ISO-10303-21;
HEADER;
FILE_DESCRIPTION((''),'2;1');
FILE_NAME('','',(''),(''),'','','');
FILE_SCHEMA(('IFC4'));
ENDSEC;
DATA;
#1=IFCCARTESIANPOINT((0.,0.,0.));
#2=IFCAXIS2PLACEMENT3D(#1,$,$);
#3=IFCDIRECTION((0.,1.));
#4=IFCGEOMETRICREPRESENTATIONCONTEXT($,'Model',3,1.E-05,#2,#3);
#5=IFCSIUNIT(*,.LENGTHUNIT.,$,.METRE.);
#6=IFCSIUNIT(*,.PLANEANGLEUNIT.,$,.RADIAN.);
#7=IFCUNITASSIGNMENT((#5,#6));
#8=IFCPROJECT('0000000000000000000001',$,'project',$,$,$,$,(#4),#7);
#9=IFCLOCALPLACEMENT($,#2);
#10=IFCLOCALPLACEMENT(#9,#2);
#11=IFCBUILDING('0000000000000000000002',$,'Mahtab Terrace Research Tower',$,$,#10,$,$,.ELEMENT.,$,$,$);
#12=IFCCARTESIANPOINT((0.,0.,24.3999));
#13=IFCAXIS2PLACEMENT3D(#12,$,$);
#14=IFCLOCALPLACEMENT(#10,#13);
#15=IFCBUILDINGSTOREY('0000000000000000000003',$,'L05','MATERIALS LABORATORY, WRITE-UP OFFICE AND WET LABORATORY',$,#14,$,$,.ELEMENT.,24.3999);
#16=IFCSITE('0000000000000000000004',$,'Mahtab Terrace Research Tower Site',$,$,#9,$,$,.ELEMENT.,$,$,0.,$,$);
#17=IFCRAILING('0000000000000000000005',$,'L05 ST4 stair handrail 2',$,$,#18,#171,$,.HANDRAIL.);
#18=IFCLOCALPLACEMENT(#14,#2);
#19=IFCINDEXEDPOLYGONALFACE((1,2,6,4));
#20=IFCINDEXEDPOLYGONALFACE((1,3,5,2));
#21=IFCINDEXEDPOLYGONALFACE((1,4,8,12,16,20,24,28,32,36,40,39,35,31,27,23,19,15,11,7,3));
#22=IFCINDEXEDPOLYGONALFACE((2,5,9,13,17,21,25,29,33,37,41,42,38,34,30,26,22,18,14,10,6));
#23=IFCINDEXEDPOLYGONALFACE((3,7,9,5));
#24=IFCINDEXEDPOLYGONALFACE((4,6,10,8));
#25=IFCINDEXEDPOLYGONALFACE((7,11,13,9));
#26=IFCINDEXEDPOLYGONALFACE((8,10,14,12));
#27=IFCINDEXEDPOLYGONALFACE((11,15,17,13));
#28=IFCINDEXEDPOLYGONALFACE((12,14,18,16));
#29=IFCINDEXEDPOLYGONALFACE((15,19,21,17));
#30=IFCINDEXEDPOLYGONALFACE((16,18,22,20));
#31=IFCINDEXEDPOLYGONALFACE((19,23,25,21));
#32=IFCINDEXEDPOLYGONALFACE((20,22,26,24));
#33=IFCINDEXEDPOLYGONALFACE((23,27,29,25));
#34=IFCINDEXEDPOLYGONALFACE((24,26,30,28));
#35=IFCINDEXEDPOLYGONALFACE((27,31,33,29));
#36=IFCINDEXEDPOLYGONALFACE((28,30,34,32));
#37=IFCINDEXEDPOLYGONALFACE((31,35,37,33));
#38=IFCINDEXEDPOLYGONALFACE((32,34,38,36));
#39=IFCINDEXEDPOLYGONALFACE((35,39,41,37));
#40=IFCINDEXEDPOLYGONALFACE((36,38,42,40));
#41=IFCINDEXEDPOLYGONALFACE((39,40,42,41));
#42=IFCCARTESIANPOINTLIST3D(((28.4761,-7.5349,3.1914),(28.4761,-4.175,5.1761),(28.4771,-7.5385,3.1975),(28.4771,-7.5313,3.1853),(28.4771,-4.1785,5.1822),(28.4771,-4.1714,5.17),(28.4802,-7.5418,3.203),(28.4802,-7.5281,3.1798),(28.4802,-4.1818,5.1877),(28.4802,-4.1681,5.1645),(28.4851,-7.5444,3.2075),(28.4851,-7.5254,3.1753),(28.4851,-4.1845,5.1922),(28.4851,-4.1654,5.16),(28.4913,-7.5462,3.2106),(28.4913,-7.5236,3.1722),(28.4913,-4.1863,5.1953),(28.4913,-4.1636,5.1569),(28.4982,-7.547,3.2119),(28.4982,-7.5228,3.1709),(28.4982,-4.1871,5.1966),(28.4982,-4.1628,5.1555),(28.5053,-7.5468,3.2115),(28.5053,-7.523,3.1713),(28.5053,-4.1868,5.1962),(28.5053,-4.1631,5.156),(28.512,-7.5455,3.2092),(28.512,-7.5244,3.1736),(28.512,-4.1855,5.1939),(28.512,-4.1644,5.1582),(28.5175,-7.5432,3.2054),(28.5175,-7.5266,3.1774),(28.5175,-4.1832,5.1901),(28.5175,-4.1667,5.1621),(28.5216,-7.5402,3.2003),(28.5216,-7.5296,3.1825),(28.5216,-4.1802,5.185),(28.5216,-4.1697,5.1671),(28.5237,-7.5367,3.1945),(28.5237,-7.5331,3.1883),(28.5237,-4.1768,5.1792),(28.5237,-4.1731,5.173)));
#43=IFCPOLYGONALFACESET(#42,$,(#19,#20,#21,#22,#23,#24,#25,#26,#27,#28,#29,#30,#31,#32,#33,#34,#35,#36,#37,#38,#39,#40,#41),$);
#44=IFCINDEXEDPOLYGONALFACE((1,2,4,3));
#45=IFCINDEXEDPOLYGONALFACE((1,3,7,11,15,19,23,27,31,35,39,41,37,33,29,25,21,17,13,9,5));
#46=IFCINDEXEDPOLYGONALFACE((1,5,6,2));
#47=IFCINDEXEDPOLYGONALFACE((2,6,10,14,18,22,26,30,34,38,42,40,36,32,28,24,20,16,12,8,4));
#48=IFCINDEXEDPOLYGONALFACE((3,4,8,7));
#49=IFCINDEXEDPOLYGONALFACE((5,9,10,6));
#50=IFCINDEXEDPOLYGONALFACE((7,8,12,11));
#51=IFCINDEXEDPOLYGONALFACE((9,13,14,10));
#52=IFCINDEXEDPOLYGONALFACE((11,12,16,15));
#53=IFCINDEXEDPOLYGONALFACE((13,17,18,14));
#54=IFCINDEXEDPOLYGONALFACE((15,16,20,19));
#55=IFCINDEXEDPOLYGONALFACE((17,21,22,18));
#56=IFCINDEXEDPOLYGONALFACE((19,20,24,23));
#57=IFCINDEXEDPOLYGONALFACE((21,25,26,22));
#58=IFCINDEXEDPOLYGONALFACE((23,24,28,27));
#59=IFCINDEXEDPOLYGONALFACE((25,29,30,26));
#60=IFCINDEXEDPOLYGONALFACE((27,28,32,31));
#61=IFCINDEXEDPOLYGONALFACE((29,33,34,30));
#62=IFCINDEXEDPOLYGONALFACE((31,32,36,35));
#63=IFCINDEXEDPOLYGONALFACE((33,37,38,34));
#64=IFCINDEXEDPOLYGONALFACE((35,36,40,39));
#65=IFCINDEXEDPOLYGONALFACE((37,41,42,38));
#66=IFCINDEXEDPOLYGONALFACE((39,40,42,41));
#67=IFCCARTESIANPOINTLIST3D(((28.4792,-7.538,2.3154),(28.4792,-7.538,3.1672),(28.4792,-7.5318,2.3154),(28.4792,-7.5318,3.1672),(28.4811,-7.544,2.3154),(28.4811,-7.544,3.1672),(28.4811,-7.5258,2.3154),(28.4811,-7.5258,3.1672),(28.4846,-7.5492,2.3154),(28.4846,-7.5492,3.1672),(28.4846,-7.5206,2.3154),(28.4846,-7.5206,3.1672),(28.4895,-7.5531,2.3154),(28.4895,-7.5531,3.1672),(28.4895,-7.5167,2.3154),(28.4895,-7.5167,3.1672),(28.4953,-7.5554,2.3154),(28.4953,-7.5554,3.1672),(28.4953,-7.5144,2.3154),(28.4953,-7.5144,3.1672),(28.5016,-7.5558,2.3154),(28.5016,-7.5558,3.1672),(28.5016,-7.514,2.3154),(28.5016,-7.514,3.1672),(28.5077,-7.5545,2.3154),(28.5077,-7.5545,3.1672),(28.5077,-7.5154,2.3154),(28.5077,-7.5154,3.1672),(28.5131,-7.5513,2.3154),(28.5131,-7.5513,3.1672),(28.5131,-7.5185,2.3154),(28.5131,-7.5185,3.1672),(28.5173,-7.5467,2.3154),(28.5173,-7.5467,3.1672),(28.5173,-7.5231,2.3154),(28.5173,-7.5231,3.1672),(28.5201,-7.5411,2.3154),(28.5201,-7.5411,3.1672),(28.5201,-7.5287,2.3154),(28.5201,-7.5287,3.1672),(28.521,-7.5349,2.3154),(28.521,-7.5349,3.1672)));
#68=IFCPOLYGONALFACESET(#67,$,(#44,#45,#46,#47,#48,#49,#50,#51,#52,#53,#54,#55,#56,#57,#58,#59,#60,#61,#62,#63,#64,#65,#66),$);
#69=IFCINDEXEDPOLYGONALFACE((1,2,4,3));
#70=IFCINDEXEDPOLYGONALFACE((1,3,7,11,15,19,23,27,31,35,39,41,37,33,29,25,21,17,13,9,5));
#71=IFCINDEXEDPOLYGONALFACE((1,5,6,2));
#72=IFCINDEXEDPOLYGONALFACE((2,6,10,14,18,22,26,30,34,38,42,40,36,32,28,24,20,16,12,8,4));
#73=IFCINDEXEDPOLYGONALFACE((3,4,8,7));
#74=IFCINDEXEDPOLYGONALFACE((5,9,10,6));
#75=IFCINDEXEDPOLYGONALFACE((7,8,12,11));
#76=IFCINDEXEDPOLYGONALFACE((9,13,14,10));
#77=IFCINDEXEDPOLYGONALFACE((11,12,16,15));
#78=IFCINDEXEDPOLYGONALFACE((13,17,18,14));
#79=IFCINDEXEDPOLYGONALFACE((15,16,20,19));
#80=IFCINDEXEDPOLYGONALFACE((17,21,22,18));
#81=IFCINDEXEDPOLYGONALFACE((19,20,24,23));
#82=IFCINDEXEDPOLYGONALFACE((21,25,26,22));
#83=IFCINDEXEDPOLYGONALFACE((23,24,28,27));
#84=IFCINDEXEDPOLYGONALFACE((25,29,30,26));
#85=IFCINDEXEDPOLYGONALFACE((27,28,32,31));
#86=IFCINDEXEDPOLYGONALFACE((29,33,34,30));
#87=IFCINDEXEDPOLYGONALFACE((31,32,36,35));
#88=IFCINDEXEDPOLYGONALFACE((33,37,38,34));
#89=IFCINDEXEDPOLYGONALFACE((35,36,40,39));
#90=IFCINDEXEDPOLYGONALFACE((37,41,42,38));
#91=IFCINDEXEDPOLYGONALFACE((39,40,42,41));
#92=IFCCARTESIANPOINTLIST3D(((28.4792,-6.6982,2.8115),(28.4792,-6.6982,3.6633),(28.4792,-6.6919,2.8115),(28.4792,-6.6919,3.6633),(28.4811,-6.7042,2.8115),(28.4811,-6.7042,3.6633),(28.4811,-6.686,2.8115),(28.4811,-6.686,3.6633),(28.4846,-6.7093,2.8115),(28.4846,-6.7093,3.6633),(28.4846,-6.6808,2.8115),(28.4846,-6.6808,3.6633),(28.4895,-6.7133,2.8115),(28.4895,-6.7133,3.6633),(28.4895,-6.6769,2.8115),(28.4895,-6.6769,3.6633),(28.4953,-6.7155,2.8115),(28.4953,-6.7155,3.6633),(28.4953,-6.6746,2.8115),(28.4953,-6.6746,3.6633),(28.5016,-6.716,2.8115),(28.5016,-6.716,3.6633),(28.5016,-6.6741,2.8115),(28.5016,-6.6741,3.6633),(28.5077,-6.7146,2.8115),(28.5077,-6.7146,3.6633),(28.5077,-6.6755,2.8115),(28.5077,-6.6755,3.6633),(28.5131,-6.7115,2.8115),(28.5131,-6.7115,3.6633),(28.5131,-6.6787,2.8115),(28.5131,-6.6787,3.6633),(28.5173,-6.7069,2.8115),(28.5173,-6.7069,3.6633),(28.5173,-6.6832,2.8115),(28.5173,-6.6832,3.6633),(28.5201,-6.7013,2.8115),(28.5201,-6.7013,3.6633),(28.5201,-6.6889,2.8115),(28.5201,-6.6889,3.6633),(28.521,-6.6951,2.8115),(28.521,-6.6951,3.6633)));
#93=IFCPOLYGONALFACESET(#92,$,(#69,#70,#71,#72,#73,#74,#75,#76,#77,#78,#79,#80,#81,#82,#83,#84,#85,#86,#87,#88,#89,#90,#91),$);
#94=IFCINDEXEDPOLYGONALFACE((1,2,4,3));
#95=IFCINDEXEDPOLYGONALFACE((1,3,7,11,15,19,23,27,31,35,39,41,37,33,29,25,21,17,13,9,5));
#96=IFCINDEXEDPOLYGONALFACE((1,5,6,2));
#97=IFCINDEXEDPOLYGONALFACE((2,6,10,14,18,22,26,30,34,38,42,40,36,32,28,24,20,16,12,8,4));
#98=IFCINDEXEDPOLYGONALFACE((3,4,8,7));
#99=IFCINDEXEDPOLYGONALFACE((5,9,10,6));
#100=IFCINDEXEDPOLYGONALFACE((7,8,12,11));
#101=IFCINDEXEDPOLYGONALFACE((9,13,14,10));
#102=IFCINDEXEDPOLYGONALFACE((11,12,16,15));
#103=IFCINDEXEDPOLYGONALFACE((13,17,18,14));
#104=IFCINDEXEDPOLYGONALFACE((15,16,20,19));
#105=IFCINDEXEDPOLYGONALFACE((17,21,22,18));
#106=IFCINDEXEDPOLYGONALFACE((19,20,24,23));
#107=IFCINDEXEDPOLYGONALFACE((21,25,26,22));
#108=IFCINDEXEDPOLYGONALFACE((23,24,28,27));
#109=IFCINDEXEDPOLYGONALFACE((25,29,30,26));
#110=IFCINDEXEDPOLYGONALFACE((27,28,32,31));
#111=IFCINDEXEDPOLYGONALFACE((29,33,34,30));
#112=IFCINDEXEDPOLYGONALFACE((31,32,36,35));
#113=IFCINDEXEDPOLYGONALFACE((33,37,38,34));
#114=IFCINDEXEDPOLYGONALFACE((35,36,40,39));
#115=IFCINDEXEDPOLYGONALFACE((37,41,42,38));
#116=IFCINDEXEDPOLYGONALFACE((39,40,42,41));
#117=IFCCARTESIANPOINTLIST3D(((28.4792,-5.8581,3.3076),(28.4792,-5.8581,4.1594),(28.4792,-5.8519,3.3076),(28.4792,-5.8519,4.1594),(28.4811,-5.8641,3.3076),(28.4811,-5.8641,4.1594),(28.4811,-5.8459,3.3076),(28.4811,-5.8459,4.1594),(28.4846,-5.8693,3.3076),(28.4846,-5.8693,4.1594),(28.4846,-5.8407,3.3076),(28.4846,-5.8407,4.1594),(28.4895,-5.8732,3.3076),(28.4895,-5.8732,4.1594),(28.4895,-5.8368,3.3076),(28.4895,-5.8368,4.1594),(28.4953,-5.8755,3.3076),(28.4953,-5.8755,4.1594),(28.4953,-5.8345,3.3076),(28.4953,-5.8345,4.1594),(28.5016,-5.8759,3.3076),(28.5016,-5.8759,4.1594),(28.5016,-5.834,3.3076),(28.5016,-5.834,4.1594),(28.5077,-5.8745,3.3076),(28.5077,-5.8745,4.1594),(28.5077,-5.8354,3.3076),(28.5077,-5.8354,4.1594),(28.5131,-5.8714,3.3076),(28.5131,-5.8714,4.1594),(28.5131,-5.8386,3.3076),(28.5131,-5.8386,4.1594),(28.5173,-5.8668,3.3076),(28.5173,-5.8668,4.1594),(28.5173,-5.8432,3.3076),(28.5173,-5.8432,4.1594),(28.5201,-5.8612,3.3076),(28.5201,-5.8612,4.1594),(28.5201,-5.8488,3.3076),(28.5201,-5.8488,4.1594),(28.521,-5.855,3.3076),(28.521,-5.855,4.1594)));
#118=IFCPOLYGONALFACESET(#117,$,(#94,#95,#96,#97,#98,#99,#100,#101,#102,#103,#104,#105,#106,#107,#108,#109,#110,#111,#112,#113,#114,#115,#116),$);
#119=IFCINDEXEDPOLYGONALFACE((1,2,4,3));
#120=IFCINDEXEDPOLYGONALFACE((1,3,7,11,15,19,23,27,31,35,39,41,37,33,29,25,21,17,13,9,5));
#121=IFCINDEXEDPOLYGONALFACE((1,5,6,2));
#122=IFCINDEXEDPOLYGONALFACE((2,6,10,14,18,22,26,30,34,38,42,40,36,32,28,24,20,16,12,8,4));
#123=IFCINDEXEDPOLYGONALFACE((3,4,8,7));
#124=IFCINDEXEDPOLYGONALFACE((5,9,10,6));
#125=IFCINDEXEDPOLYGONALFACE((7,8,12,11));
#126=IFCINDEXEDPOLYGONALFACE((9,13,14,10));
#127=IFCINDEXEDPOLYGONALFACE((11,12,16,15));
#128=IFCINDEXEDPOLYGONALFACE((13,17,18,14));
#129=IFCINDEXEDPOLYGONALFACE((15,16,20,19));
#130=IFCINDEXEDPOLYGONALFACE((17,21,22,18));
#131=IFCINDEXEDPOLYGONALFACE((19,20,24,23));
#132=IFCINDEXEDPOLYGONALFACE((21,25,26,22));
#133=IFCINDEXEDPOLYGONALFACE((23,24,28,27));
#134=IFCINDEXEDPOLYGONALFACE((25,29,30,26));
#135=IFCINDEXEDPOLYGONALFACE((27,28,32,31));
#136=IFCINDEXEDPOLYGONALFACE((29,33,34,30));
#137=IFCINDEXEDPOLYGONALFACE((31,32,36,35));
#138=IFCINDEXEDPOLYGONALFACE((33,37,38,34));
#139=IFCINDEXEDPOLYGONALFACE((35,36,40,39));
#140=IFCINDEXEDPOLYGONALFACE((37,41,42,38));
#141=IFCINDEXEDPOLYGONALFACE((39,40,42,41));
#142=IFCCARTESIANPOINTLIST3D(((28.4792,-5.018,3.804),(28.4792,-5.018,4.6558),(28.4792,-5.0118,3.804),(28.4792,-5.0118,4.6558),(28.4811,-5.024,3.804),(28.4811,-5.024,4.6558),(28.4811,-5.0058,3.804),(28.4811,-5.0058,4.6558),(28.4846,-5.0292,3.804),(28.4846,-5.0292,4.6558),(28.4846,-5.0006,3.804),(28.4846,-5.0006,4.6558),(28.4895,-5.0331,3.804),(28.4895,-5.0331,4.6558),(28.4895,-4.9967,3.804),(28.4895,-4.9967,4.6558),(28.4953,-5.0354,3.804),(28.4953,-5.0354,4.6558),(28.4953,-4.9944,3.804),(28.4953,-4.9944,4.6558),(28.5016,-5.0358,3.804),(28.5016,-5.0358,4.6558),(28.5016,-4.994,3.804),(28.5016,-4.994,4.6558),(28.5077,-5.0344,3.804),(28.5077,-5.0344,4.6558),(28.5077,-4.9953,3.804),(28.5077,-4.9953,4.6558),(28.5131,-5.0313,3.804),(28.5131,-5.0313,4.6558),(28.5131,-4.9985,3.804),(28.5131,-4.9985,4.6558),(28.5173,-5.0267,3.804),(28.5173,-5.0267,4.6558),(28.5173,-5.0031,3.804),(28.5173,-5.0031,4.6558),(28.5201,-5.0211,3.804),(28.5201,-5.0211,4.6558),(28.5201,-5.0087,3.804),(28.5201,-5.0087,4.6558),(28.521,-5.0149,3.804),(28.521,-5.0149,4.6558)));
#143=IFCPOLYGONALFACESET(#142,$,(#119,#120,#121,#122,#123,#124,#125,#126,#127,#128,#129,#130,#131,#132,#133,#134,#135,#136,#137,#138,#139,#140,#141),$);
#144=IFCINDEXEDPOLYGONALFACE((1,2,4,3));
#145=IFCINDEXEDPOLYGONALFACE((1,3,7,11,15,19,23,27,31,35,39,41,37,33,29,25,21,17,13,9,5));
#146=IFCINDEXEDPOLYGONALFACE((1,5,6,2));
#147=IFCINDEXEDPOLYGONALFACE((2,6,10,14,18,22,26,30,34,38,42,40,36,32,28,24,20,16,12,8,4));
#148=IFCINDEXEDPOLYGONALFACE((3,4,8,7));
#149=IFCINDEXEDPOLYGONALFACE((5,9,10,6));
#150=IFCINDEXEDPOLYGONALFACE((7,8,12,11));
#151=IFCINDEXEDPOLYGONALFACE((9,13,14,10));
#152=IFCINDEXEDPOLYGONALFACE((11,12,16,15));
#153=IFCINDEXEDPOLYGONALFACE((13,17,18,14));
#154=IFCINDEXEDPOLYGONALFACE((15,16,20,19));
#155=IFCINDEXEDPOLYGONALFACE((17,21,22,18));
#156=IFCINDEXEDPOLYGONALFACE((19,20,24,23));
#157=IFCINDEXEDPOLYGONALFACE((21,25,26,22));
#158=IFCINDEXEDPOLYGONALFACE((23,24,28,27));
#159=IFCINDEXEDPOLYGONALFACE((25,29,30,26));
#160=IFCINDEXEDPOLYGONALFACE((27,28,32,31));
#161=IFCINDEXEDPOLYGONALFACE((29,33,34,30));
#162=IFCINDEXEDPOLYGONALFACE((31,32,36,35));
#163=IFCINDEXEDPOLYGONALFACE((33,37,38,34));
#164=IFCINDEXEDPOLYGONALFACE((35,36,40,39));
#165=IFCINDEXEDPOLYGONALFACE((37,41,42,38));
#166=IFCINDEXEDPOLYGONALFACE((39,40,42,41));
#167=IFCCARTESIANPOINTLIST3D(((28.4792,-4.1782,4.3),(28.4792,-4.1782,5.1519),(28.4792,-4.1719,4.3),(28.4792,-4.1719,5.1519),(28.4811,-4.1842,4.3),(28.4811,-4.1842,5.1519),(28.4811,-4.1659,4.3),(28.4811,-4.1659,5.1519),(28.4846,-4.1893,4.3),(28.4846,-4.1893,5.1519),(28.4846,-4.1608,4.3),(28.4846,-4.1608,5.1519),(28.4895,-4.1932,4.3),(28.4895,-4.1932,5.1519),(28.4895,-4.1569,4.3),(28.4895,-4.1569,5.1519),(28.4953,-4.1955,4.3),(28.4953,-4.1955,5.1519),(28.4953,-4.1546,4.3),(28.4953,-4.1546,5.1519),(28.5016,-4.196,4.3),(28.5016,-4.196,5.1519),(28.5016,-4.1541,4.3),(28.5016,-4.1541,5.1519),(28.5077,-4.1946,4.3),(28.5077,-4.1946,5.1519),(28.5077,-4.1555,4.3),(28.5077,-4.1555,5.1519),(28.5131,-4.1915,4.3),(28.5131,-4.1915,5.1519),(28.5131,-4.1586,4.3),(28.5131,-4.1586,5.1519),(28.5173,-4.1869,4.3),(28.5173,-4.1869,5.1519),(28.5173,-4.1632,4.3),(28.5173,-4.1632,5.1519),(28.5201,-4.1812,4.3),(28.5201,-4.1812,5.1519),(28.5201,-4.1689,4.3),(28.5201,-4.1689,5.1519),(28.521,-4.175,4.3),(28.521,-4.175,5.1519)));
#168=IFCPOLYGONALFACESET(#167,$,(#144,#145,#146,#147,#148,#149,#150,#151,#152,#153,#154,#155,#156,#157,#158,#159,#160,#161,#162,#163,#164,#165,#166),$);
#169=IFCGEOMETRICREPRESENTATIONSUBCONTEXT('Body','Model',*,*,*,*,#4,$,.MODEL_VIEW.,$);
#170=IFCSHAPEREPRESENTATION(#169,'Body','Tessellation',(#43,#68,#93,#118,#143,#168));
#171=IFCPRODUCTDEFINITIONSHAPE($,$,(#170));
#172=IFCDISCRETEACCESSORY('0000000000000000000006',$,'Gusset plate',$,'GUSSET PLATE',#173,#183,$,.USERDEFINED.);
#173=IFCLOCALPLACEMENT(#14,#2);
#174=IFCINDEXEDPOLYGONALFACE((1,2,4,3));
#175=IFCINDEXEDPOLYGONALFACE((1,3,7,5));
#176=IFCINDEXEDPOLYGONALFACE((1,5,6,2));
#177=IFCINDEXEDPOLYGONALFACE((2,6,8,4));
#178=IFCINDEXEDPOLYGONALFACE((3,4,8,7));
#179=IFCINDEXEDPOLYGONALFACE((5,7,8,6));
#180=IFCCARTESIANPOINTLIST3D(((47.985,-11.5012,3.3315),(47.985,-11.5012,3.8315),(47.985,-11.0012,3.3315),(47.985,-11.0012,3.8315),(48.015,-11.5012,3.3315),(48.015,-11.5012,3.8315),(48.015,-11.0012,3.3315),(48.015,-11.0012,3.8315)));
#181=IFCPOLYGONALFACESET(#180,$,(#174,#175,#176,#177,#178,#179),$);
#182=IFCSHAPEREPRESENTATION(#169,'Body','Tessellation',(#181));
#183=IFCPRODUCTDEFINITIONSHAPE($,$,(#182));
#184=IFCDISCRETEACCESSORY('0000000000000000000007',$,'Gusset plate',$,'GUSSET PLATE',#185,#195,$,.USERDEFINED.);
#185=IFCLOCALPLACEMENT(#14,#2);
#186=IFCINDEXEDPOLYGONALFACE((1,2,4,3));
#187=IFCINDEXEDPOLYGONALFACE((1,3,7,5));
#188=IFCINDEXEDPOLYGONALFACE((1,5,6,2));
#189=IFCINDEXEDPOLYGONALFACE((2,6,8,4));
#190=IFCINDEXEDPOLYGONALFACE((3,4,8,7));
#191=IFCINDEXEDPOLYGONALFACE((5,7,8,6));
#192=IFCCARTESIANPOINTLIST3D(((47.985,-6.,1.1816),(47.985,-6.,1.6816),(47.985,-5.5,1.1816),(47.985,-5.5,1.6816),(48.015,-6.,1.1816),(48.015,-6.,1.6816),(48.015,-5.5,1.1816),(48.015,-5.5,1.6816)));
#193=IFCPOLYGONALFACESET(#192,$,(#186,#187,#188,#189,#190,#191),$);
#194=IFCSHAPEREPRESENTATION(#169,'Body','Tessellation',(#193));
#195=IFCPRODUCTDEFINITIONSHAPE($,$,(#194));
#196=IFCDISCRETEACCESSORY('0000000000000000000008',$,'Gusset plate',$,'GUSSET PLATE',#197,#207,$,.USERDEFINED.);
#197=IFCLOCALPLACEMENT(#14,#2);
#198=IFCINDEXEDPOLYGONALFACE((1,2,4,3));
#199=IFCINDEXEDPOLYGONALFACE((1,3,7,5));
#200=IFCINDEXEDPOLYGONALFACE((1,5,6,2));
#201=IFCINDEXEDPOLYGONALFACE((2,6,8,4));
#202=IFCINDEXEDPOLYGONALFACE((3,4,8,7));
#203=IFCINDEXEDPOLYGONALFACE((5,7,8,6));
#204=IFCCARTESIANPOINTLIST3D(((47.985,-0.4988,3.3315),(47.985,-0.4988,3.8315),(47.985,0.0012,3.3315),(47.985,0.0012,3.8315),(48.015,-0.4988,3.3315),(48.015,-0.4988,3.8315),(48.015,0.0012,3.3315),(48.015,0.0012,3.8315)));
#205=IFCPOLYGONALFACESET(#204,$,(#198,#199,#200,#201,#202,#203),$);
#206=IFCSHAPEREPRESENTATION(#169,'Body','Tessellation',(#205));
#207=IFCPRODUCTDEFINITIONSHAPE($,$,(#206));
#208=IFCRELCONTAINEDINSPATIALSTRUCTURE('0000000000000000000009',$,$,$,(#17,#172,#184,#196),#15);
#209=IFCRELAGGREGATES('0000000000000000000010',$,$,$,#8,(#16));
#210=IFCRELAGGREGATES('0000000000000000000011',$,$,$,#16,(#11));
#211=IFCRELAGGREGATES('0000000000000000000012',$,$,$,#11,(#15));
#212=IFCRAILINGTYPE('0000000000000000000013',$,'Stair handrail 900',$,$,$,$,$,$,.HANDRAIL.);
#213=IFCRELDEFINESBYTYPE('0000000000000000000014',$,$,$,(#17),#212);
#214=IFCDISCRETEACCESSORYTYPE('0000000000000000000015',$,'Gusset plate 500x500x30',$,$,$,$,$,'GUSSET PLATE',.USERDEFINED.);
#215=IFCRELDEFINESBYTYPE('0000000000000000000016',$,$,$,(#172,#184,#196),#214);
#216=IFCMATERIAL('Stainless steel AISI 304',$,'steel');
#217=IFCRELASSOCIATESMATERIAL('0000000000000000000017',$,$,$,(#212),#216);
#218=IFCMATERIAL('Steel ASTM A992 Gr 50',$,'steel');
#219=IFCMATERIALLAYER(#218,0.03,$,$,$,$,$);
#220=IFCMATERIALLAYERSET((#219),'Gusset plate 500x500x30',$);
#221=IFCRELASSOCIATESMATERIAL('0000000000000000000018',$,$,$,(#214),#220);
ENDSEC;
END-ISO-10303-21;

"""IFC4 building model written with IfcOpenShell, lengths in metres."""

from ifc_helpers import new_model, si_unit, direction, frame, origin, origin_2d, place, context, subcontext, project, spatial, rectangle, circle, extrude, material, layer, layer_set, type_object, element, save


model = new_model("IFC4")

# Units and contexts
model_context = context("Model", 3, precision=1e-05, world=origin(), true_north=direction((0.0, 1.0)))
body_context = subcontext(model_context, "Body", "Model", "MODEL_VIEW")
ifc_project = project(units=[si_unit("LENGTHUNIT", "METRE"), si_unit("PLANEANGLEUNIT", "RADIAN")], contexts=[model_context])

# Site, building, storey
site_placement = place(None, origin())
site = spatial("IfcSite", under=ifc_project, at=site_placement, Name="Mahtab Terrace Research Tower Site", CompositionType="ELEMENT", RefElevation=0.0)
building_placement = place(site_placement, origin())
building = spatial("IfcBuilding", under=site, at=building_placement, Name="Mahtab Terrace Research Tower", CompositionType="ELEMENT")
storey_placement = place(building_placement, frame((0.0, 0.0, 24.3999)))
storey = spatial("IfcBuildingStorey", under=building, at=storey_placement, Name="L05", Description="MATERIALS LABORATORY, WRITE-UP OFFICE AND WET LABORATORY", CompositionType="ELEMENT", Elevation=24.3999)

# Shared definitions
ifc_material_1 = material(Name="Steel ASTM A992 Gr 50", Category="steel")

# Railing
ifc_material_2 = material(Name="Stainless steel AISI 304", Category="steel")
railing_type_1 = type_object("IfcRailingType", Name="Stair handrail 900", PredefinedType="HANDRAIL", material=ifc_material_2)
railing_1_placement = place(storey_placement, frame((28.5, -7.5349, 2.3154)))
element("IfcRailing", 1, at=railing_1_placement, inside=storey, type_object=railing_type_1, Name="L05 ST4 stair handrail 2", PredefinedType="HANDRAIL", context=body_context, shape_type="SweptSolid", body=[
    extrude(circle(Radius=0.0239, at=origin_2d()), frame((0.0, 0.0, 0.876), z_axis=(0.0, 0.861011, 0.508586), x_axis=(-1.0, 0.0, 0.0)), (0.0, 0.0, 1.0), 3.9023),
    extrude(circle(Radius=0.021, at=origin_2d()), origin(), (0.0, 0.0, 1.0), 0.8518),
    extrude(circle(Radius=0.021, at=origin_2d()), frame((0.0, 0.8398, 0.4961)), (0.0, 0.0, 1.0), 0.8518),
    extrude(circle(Radius=0.021, at=origin_2d()), frame((0.0, 1.6799, 0.9922)), (0.0, 0.0, 1.0), 0.8518),
    extrude(circle(Radius=0.021, at=origin_2d()), frame((0.0, 2.52, 1.4885)), (0.0, 0.0, 1.0), 0.8518),
    extrude(circle(Radius=0.021, at=origin_2d()), frame((0.0, 3.3599, 1.9846)), (0.0, 0.0, 1.0), 0.8518),
])

# Discrete accessories
ifc_layer_1 = layer(ifc_material_1, 0.03)
ifc_layer_set_1 = layer_set([ifc_layer_1], Name="Gusset plate 500x500x30")
discrete_accessory_type = type_object("IfcDiscreteAccessoryType", Name="Gusset plate 500x500x30", ElementType="GUSSET PLATE", PredefinedType="USERDEFINED", material=ifc_layer_set_1)
for number, where, z_axis, x_axis, name in (
    (2, (48.0, -11.2512, 3.3315), (0.0, 0.0, 1.0), (0.0, 1.0, 0.0), "Gusset plate"),
    (3, (48.0, -5.75, 1.1816), (0.0, 0.0, 1.0), (0.0, 1.0, 0.0), "Gusset plate"),
    (4, (48.0, -0.2488, 3.3315), (0.0, 0.0, 1.0), (0.0, 1.0, 0.0), "Gusset plate"),
):
    element("IfcDiscreteAccessory", number, at=place(storey_placement, frame(where, z_axis=z_axis, x_axis=x_axis)), inside=storey, type_object=discrete_accessory_type, Name=name, ObjectType="GUSSET PLATE", PredefinedType="USERDEFINED", context=body_context, shape_type="SweptSolid", body=[
        extrude(rectangle(XDim=0.5, YDim=0.03, at=origin_2d()), origin(), (0.0, 0.0, 1.0), 0.5),
    ])

save(model, "model.ifc")
